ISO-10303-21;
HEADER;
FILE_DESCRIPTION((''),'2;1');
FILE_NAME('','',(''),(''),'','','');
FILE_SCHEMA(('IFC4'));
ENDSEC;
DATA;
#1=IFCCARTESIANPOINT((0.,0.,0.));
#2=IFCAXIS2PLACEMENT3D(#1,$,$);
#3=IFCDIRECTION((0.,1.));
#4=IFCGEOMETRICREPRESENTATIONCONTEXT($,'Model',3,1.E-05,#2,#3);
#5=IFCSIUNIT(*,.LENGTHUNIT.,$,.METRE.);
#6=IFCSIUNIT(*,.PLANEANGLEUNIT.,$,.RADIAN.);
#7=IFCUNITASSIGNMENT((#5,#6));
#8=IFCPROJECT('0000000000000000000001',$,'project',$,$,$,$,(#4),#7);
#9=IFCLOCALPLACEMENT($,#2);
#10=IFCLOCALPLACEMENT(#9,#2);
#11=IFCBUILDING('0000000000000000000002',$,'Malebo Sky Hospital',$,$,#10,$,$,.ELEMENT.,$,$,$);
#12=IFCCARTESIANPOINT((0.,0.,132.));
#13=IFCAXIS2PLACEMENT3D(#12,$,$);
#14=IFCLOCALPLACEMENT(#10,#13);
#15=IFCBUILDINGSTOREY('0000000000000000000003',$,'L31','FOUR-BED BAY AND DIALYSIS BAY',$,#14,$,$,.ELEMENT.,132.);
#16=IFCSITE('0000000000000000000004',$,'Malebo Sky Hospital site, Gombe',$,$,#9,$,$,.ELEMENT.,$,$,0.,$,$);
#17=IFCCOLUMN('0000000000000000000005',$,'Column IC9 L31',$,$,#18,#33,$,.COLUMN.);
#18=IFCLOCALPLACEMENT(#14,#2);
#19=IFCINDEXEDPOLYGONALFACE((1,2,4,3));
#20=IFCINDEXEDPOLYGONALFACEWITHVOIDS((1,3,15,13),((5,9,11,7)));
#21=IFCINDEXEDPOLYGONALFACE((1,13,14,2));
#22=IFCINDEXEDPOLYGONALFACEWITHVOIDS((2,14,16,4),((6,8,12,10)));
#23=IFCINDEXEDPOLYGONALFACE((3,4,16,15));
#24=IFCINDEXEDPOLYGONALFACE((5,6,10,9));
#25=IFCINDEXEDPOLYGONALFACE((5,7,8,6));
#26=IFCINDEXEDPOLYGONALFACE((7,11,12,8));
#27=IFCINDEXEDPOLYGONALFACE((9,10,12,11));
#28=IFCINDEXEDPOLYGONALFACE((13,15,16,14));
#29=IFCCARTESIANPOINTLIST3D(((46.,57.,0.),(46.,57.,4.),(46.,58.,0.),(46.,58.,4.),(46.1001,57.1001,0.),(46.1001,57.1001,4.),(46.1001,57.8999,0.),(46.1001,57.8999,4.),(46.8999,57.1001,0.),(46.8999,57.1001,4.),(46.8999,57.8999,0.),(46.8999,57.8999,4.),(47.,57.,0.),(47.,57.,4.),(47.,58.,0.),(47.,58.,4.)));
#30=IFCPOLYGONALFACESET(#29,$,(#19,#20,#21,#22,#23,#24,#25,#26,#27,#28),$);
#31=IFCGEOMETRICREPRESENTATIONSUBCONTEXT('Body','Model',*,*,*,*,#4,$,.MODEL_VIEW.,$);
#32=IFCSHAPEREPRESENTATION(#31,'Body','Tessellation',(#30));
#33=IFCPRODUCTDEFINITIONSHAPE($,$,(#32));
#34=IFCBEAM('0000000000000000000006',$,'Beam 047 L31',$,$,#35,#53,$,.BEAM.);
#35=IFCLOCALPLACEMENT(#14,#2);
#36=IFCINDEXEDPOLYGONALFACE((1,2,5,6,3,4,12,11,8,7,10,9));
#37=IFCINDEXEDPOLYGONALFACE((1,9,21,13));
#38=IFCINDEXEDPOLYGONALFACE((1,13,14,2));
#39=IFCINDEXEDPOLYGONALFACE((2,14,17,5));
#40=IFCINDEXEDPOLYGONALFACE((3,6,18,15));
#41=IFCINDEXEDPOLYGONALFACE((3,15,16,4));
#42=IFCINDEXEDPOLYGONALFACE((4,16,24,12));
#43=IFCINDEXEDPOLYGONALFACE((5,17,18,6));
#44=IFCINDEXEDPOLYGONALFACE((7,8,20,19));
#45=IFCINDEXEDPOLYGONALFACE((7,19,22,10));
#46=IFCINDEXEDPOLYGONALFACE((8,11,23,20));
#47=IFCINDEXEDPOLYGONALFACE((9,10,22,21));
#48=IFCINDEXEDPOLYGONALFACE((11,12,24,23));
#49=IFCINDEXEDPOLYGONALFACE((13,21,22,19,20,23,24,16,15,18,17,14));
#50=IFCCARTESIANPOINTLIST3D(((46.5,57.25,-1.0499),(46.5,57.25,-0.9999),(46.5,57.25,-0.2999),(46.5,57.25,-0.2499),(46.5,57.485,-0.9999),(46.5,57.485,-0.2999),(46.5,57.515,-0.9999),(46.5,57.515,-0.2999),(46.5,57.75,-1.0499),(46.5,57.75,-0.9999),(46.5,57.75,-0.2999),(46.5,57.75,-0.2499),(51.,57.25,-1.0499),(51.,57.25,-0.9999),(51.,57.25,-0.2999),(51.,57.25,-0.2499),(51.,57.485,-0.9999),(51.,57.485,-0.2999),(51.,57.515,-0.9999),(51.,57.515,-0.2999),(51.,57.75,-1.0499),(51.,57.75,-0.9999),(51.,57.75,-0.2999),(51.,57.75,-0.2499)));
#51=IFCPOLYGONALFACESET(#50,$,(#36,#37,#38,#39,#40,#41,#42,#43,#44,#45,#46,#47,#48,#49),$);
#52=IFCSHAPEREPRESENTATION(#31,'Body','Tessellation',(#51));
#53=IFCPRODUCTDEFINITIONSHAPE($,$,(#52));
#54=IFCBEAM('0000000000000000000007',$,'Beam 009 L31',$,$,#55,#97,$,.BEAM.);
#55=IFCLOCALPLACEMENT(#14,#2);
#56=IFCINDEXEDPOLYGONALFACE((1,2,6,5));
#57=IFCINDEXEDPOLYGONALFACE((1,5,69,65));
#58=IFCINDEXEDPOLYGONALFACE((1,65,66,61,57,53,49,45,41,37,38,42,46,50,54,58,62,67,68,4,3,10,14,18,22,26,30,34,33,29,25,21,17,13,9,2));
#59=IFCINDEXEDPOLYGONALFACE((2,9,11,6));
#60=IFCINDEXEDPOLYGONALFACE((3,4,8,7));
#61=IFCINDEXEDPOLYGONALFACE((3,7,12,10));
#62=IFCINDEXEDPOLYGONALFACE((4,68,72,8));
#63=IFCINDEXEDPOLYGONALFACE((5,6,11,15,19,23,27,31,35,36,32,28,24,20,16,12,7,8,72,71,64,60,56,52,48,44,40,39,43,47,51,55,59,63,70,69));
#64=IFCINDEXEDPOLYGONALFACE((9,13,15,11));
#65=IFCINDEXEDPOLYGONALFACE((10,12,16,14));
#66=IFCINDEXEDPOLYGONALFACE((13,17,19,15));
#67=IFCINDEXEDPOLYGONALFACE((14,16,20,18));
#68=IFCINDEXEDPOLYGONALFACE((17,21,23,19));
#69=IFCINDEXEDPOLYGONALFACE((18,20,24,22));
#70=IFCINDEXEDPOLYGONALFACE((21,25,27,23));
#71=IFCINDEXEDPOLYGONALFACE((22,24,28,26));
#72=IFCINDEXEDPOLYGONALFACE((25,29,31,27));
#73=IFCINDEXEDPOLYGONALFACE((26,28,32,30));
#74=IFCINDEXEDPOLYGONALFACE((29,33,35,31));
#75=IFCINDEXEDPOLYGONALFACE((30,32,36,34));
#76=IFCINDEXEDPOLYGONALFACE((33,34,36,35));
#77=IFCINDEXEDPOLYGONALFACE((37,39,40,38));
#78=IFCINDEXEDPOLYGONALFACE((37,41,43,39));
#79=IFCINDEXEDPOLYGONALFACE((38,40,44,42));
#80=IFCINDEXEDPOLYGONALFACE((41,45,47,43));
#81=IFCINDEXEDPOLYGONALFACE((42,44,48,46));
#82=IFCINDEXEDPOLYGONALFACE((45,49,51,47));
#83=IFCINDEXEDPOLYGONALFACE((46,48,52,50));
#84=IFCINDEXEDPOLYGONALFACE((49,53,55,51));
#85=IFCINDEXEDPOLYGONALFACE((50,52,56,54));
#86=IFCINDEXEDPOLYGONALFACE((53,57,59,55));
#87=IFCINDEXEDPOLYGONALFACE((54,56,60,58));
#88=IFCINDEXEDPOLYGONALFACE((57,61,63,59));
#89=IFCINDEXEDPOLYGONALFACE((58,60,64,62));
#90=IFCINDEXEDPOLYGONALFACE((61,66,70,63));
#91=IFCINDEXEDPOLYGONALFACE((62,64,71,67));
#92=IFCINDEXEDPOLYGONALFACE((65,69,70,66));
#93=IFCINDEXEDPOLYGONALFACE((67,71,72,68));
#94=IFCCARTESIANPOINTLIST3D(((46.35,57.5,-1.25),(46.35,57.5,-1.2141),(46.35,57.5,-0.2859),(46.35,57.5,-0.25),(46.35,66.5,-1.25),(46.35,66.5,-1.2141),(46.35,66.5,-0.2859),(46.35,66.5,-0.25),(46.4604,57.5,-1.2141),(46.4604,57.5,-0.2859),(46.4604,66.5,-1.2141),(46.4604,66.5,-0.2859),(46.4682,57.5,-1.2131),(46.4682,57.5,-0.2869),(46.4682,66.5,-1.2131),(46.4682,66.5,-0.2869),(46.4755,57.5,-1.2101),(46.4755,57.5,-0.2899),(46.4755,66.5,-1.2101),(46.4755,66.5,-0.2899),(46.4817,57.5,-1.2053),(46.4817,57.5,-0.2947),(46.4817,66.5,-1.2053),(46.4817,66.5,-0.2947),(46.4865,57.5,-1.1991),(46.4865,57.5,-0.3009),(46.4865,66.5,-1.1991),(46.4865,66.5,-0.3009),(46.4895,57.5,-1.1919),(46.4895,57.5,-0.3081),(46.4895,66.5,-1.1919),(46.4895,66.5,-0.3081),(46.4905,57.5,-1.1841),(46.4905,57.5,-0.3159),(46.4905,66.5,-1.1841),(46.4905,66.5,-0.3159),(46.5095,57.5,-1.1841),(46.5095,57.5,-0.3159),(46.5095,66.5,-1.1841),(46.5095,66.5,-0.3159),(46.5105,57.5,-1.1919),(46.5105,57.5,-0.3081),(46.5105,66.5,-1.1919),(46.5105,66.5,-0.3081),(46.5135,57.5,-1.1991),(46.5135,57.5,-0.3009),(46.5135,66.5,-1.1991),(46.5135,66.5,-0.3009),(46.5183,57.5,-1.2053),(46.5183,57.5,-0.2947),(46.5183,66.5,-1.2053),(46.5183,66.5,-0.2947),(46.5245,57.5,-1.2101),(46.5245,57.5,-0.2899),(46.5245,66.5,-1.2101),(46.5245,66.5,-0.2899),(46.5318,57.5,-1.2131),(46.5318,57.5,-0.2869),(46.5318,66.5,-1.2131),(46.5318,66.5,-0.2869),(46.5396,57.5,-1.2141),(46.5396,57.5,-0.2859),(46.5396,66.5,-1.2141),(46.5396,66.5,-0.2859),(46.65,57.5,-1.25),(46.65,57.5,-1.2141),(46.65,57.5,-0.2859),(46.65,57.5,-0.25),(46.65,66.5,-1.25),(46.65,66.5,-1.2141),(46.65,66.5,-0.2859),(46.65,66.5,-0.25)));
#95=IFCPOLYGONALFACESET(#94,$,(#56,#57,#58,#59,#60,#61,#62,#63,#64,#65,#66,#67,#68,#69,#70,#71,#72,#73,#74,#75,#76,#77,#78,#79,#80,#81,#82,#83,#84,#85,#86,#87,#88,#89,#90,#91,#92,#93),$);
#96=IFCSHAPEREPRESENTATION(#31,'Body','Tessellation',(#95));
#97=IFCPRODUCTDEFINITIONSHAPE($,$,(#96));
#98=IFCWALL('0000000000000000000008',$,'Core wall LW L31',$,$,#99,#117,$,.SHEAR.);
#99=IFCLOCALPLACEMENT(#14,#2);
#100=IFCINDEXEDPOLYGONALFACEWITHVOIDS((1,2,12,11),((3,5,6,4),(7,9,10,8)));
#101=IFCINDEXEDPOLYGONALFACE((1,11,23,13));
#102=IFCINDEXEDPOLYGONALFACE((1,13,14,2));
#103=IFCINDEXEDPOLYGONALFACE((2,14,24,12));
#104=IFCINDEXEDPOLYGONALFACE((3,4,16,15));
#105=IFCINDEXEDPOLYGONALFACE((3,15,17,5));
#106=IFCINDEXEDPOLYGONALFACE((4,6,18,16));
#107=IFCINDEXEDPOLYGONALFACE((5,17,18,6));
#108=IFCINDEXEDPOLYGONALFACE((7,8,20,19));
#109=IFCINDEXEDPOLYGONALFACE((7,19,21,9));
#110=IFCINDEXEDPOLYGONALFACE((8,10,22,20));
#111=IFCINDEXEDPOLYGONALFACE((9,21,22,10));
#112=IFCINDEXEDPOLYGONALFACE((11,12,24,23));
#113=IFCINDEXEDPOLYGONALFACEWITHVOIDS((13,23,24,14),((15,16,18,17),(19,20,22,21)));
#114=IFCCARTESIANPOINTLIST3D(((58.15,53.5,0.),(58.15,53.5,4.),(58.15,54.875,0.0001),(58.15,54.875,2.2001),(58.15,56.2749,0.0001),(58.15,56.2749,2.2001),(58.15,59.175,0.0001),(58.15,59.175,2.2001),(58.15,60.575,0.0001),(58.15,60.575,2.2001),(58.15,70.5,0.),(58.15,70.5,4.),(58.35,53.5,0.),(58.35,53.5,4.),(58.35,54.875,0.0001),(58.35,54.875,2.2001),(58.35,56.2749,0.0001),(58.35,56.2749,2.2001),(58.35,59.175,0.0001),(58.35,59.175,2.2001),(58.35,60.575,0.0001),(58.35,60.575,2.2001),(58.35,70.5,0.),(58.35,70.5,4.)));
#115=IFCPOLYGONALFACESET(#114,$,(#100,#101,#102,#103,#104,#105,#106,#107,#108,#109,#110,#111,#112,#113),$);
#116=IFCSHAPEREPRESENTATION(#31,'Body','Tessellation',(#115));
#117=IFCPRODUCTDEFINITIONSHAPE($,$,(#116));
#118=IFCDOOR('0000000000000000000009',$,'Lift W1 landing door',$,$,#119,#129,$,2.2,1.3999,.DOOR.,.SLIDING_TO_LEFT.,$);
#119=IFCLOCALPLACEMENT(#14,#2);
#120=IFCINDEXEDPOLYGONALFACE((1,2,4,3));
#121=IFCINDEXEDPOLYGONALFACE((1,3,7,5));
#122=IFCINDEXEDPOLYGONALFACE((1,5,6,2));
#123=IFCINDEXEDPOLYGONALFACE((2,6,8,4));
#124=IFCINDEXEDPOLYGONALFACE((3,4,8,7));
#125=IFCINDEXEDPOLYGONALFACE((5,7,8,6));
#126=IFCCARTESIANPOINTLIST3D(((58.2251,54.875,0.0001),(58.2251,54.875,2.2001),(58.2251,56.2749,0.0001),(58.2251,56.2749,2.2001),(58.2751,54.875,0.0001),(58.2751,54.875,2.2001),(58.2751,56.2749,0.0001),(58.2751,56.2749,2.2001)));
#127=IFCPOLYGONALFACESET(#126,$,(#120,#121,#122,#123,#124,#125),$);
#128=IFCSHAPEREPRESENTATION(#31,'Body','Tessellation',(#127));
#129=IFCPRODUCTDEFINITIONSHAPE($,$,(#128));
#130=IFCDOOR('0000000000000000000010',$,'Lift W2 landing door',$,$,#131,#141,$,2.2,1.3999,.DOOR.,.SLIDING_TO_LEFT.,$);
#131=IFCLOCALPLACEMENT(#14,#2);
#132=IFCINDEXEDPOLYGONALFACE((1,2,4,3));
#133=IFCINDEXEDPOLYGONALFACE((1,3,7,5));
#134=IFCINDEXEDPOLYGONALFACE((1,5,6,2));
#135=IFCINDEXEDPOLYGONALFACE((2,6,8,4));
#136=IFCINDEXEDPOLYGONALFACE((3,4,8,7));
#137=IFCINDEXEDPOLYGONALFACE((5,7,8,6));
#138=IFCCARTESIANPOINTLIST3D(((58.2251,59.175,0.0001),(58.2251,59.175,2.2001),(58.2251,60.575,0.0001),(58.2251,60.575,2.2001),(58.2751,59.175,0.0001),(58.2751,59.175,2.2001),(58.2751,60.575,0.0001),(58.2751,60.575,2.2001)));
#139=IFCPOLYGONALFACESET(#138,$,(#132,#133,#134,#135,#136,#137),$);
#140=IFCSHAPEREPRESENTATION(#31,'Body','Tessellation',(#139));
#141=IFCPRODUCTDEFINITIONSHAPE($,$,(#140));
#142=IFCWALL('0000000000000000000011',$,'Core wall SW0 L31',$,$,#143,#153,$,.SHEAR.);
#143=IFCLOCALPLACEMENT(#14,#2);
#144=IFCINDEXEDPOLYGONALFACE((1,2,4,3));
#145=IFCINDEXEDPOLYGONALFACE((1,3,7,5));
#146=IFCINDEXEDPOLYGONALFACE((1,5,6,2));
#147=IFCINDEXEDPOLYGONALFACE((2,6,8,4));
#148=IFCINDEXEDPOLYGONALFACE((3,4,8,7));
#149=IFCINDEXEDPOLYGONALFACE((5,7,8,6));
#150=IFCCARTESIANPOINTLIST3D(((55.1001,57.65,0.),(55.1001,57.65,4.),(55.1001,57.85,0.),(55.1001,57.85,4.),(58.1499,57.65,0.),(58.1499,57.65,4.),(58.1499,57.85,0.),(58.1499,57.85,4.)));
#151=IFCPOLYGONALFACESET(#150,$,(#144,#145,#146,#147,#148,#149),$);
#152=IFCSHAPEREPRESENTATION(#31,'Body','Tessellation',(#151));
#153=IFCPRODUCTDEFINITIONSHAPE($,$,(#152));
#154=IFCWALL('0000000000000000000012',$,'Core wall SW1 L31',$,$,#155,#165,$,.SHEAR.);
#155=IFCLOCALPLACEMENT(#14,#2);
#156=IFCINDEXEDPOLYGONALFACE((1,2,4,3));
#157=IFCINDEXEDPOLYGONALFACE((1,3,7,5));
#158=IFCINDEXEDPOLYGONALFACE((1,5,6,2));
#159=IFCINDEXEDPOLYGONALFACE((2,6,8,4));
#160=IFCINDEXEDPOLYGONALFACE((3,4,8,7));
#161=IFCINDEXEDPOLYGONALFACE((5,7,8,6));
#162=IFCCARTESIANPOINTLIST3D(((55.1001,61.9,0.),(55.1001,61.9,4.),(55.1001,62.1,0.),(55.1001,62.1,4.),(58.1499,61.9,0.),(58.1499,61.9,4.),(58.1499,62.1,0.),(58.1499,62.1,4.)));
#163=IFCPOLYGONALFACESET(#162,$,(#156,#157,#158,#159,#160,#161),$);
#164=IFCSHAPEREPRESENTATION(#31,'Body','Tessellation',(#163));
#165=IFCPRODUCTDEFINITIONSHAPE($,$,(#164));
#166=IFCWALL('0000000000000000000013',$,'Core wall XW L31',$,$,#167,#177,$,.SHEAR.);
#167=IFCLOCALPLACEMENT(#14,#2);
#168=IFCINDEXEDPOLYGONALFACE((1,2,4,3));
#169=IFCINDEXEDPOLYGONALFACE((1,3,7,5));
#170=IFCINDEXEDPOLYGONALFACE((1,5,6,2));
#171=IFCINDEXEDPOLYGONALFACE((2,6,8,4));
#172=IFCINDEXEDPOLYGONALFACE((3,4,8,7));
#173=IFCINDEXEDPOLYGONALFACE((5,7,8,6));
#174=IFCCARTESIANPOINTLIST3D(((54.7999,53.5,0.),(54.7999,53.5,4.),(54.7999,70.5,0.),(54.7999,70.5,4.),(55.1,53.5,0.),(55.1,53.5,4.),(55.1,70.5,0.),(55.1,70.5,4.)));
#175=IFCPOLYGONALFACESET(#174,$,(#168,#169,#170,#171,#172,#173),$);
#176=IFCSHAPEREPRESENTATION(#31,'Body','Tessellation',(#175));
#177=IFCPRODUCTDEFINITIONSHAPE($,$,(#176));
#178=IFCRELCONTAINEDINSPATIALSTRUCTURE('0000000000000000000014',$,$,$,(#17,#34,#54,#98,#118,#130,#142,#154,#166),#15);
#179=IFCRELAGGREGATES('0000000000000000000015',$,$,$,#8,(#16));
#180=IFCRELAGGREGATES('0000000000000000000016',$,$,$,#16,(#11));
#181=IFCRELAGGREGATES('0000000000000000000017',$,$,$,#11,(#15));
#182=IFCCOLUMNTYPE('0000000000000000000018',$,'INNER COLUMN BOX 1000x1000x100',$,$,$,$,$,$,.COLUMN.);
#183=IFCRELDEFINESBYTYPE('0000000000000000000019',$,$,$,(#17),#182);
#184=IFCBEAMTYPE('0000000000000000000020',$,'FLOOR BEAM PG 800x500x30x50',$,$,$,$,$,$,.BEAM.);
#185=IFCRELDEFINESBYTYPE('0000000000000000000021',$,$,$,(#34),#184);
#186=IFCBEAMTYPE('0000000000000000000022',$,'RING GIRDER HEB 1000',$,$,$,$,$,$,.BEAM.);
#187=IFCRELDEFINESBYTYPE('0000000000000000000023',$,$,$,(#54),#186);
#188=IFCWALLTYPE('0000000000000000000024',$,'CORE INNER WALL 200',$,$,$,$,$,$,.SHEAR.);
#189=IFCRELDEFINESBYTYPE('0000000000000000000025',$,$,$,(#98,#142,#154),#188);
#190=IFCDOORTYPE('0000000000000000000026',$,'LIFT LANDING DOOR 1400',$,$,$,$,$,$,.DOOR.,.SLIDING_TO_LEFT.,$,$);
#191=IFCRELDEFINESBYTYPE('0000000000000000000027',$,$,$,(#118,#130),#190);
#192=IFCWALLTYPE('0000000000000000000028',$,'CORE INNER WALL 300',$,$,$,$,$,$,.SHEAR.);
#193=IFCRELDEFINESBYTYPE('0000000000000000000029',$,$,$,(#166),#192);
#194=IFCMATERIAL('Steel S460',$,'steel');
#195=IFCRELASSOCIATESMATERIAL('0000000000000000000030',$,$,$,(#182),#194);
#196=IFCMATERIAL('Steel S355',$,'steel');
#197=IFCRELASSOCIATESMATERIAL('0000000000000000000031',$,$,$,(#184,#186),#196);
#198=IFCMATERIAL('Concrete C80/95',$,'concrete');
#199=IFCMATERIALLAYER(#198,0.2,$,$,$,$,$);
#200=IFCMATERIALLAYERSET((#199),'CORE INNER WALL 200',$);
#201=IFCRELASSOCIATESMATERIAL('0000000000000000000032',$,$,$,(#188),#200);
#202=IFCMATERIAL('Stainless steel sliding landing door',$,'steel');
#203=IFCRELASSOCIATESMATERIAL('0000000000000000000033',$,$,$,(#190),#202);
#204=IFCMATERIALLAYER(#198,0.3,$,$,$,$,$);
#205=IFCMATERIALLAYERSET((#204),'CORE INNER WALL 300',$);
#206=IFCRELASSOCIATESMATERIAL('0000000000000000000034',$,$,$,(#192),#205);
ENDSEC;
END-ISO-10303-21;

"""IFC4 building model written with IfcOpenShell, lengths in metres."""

from ifc_helpers import new_model, si_unit, direction, frame, frame_2d, origin, origin_2d, place, context, subcontext, project, spatial, rectangle, hollow_rectangle, i_section, extrude, material, layer, layer_set, material_profile, profile_set, type_object, element, fill, save


model = new_model("IFC4")

# Units and contexts
model_context = context("Model", 3, precision=1e-05, world=origin(), true_north=direction((0.0, 1.0)))
body_context = subcontext(model_context, "Body", "Model", "MODEL_VIEW")
ifc_project = project(units=[si_unit("LENGTHUNIT", "METRE"), si_unit("PLANEANGLEUNIT", "RADIAN")], contexts=[model_context])

# Site, building, storey
site_placement = place(None, origin())
site = spatial("IfcSite", under=ifc_project, at=site_placement, Name="Malebo Sky Hospital site, Gombe", CompositionType="ELEMENT", RefElevation=0.0)
building_placement = place(site_placement, origin())
building = spatial("IfcBuilding", under=site, at=building_placement, Name="Malebo Sky Hospital", CompositionType="ELEMENT")
storey_placement = place(building_placement, frame((0.0, 0.0, 132.0)))
storey = spatial("IfcBuildingStorey", under=building, at=storey_placement, Name="L31", Description="FOUR-BED BAY AND DIALYSIS BAY", CompositionType="ELEMENT", Elevation=132.0)

# Column
ifc_material_1 = material(Name="Steel S460", Category="steel")
ifc_material_profile_1 = material_profile(ifc_material_1, hollow_rectangle(XDim=1.0, YDim=1.0, WallThickness=0.1001, at=origin_2d()), Name="BOX 1000x1000x100")
ifc_profile_set_1 = profile_set([ifc_material_profile_1], Name="Steel S460")
column_type = type_object("IfcColumnType", Name="INNER COLUMN BOX 1000x1000x100", PredefinedType="COLUMN", material=ifc_profile_set_1)
column_placement = place(storey_placement, frame((46.5, 57.5, 0.0), z_axis=(0.0, 0.0, 1.0), x_axis=(1.0, 0.0, 0.0)))
element("IfcColumn", 1, at=column_placement, inside=storey, type_object=column_type, Name="Column IC9 L31", PredefinedType="COLUMN", context=body_context, shape_type="SweptSolid", body=[
    extrude(hollow_rectangle(XDim=1.0, YDim=1.0, WallThickness=0.1001, at=origin_2d()), origin(), (0.0, 0.0, 1.0), 4.0),
])

# Beams
ifc_material_2 = material(Name="Steel S355", Category="steel")
ifc_material_profile_2 = material_profile(ifc_material_2, i_section(OverallWidth=0.5, OverallDepth=0.8, WebThickness=0.03, FlangeThickness=0.05, at=origin_2d()), Name="PG 800x500x30x50")
ifc_profile_set_2 = profile_set([ifc_material_profile_2], Name="Steel S355")
beam_type_1 = type_object("IfcBeamType", Name="FLOOR BEAM PG 800x500x30x50", PredefinedType="BEAM", material=ifc_profile_set_2)
beam_1_placement = place(storey_placement, frame((46.5, 57.5, -0.6499), z_axis=(1.0, 0.0, 0.0), x_axis=(0.0, 1.0, 0.0)))
element("IfcBeam", 2, at=beam_1_placement, inside=storey, type_object=beam_type_1, Name="Beam 047 L31", PredefinedType="BEAM", context=body_context, shape_type="SweptSolid", body=[
    extrude(i_section(OverallWidth=0.5, OverallDepth=0.8, WebThickness=0.03, FlangeThickness=0.05, at=origin_2d()), origin(), (0.0, 0.0, 1.0), 4.5),
])
ifc_material_profile_3 = material_profile(ifc_material_2, i_section(OverallWidth=0.3, OverallDepth=1.0, WebThickness=0.019, FlangeThickness=0.0359, FilletRadius=0.03, at=origin_2d()), Name="HEB 1000")
ifc_profile_set_3 = profile_set([ifc_material_profile_3], Name="Steel S355")
beam_type_2 = type_object("IfcBeamType", Name="RING GIRDER HEB 1000", PredefinedType="BEAM", material=ifc_profile_set_3)
beam_2_placement = place(storey_placement, frame((46.5, 57.5, -0.75), z_axis=(0.0, 1.0, 0.0), x_axis=(-1.0, 0.0, 0.0)))
element("IfcBeam", 3, at=beam_2_placement, inside=storey, type_object=beam_type_2, Name="Beam 009 L31", PredefinedType="BEAM", context=body_context, shape_type="SweptSolid", body=[
    extrude(i_section(OverallWidth=0.3, OverallDepth=1.0, WebThickness=0.019, FlangeThickness=0.0359, FilletRadius=0.03, at=origin_2d()), origin(), (0.0, 0.0, 1.0), 9.0),
])

# Wall, openings, doors
ifc_material_3 = material(Name="Concrete C80/95", Category="concrete")
ifc_layer_1 = layer(ifc_material_3, 0.2)
ifc_layer_set_1 = layer_set([ifc_layer_1], Name="CORE INNER WALL 200")
wall_type_1 = type_object("IfcWallType", Name="CORE INNER WALL 200", PredefinedType="SHEAR", material=ifc_layer_set_1)
wall_1_placement = place(storey_placement, frame((58.25, 53.5, 0.0), z_axis=(0.0, 0.0, 1.0), x_axis=(0.0, 1.0, 0.0)))
wall_1 = element("IfcWall", 4, at=wall_1_placement, inside=storey, type_object=wall_type_1, Name="Core wall LW L31", PredefinedType="SHEAR", context=body_context, shape_type="SweptSolid", body=[
    extrude(rectangle(XDim=17.0, YDim=0.2, at=frame_2d((8.5, 0.0))), origin(), (0.0, 0.0, 1.0), 4.0),
])
opening_1_placement = place(wall_1_placement, frame((1.375, 0.0, 0.0)))
opening_1 = element("IfcOpeningElement", 5, at=opening_1_placement, cuts=wall_1, PredefinedType="OPENING", context=body_context, shape_type="SweptSolid", body=[
    extrude(rectangle(XDim=1.3999, YDim=2.2, at=frame_2d((0.7, 1.1001))), frame((0.0, 0.1099, 0.0), z_axis=(0.0, -1.0, 0.0), x_axis=(1.0, 0.0, 0.0)), (0.0, 0.0, 1.0), 0.22),
])
opening_2_placement = place(wall_1_placement, frame((5.675, 0.0, 0.0)))
opening_2 = element("IfcOpeningElement", 6, at=opening_2_placement, cuts=wall_1, PredefinedType="OPENING", context=body_context, shape_type="SweptSolid", body=[
    extrude(rectangle(XDim=1.3999, YDim=2.2, at=frame_2d((0.7, 1.1001))), frame((0.0, 0.1099, 0.0), z_axis=(0.0, -1.0, 0.0), x_axis=(1.0, 0.0, 0.0)), (0.0, 0.0, 1.0), 0.22),
])
ifc_material_4 = material(Name="Stainless steel sliding landing door", Category="steel")
door_type_1 = type_object("IfcDoorType", Name="LIFT LANDING DOOR 1400", OperationType="SLIDING_TO_LEFT", PredefinedType="DOOR", material=ifc_material_4)
door_1_placement = place(opening_1_placement, origin())
door_1 = element("IfcDoor", 7, at=door_1_placement, inside=storey, type_object=door_type_1, Name="Lift W1 landing door", OperationType="SLIDING_TO_LEFT", OverallHeight=2.2, OverallWidth=1.3999, PredefinedType="DOOR", context=body_context, shape_type="SweptSolid", body=[
    extrude(rectangle(XDim=1.3999, YDim=2.2, at=frame_2d((0.7, 1.1001))), frame((0.0, 0.0249, 0.0), z_axis=(0.0, -1.0, 0.0), x_axis=(1.0, 0.0, 0.0)), (0.0, 0.0, 1.0), 0.05),
])
fill(opening_1, door_1)
door_2_placement = place(opening_2_placement, origin())
door_2 = element("IfcDoor", 8, at=door_2_placement, inside=storey, type_object=door_type_1, Name="Lift W2 landing door", OperationType="SLIDING_TO_LEFT", OverallHeight=2.2, OverallWidth=1.3999, PredefinedType="DOOR", context=body_context, shape_type="SweptSolid", body=[
    extrude(rectangle(XDim=1.3999, YDim=2.2, at=frame_2d((0.7, 1.1001))), frame((0.0, 0.0249, 0.0), z_axis=(0.0, -1.0, 0.0), x_axis=(1.0, 0.0, 0.0)), (0.0, 0.0, 1.0), 0.05),
])
fill(opening_2, door_2)

# Walls
for number, where, z_axis, x_axis, name in (
    (9, (55.1001, 57.75, 0.0), (0.0, 0.0, 1.0), (1.0, 0.0, 0.0), "Core wall SW0 L31"),
    (10, (55.1001, 62.0, 0.0), (0.0, 0.0, 1.0), (1.0, 0.0, 0.0), "Core wall SW1 L31"),
):
    element("IfcWall", number, at=place(storey_placement, frame(where, z_axis=z_axis, x_axis=x_axis)), inside=storey, type_object=wall_type_1, Name=name, PredefinedType="SHEAR", context=body_context, shape_type="SweptSolid", body=[
        extrude(rectangle(XDim=3.0498, YDim=0.2, at=frame_2d((1.5249, 0.0))), origin(), (0.0, 0.0, 1.0), 4.0),
    ])
ifc_layer_2 = layer(ifc_material_3, 0.3)
ifc_layer_set_2 = layer_set([ifc_layer_2], Name="CORE INNER WALL 300")
wall_type_2 = type_object("IfcWallType", Name="CORE INNER WALL 300", PredefinedType="SHEAR", material=ifc_layer_set_2)
wall_2_placement = place(storey_placement, frame((54.95, 53.5, 0.0), z_axis=(0.0, 0.0, 1.0), x_axis=(0.0, 1.0, 0.0)))
element("IfcWall", 11, at=wall_2_placement, inside=storey, type_object=wall_type_2, Name="Core wall XW L31", PredefinedType="SHEAR", context=body_context, shape_type="SweptSolid", body=[
    extrude(rectangle(XDim=17.0, YDim=0.3, at=frame_2d((8.5, 0.0))), origin(), (0.0, 0.0, 1.0), 4.0),
])

save(model, "model.ifc")
